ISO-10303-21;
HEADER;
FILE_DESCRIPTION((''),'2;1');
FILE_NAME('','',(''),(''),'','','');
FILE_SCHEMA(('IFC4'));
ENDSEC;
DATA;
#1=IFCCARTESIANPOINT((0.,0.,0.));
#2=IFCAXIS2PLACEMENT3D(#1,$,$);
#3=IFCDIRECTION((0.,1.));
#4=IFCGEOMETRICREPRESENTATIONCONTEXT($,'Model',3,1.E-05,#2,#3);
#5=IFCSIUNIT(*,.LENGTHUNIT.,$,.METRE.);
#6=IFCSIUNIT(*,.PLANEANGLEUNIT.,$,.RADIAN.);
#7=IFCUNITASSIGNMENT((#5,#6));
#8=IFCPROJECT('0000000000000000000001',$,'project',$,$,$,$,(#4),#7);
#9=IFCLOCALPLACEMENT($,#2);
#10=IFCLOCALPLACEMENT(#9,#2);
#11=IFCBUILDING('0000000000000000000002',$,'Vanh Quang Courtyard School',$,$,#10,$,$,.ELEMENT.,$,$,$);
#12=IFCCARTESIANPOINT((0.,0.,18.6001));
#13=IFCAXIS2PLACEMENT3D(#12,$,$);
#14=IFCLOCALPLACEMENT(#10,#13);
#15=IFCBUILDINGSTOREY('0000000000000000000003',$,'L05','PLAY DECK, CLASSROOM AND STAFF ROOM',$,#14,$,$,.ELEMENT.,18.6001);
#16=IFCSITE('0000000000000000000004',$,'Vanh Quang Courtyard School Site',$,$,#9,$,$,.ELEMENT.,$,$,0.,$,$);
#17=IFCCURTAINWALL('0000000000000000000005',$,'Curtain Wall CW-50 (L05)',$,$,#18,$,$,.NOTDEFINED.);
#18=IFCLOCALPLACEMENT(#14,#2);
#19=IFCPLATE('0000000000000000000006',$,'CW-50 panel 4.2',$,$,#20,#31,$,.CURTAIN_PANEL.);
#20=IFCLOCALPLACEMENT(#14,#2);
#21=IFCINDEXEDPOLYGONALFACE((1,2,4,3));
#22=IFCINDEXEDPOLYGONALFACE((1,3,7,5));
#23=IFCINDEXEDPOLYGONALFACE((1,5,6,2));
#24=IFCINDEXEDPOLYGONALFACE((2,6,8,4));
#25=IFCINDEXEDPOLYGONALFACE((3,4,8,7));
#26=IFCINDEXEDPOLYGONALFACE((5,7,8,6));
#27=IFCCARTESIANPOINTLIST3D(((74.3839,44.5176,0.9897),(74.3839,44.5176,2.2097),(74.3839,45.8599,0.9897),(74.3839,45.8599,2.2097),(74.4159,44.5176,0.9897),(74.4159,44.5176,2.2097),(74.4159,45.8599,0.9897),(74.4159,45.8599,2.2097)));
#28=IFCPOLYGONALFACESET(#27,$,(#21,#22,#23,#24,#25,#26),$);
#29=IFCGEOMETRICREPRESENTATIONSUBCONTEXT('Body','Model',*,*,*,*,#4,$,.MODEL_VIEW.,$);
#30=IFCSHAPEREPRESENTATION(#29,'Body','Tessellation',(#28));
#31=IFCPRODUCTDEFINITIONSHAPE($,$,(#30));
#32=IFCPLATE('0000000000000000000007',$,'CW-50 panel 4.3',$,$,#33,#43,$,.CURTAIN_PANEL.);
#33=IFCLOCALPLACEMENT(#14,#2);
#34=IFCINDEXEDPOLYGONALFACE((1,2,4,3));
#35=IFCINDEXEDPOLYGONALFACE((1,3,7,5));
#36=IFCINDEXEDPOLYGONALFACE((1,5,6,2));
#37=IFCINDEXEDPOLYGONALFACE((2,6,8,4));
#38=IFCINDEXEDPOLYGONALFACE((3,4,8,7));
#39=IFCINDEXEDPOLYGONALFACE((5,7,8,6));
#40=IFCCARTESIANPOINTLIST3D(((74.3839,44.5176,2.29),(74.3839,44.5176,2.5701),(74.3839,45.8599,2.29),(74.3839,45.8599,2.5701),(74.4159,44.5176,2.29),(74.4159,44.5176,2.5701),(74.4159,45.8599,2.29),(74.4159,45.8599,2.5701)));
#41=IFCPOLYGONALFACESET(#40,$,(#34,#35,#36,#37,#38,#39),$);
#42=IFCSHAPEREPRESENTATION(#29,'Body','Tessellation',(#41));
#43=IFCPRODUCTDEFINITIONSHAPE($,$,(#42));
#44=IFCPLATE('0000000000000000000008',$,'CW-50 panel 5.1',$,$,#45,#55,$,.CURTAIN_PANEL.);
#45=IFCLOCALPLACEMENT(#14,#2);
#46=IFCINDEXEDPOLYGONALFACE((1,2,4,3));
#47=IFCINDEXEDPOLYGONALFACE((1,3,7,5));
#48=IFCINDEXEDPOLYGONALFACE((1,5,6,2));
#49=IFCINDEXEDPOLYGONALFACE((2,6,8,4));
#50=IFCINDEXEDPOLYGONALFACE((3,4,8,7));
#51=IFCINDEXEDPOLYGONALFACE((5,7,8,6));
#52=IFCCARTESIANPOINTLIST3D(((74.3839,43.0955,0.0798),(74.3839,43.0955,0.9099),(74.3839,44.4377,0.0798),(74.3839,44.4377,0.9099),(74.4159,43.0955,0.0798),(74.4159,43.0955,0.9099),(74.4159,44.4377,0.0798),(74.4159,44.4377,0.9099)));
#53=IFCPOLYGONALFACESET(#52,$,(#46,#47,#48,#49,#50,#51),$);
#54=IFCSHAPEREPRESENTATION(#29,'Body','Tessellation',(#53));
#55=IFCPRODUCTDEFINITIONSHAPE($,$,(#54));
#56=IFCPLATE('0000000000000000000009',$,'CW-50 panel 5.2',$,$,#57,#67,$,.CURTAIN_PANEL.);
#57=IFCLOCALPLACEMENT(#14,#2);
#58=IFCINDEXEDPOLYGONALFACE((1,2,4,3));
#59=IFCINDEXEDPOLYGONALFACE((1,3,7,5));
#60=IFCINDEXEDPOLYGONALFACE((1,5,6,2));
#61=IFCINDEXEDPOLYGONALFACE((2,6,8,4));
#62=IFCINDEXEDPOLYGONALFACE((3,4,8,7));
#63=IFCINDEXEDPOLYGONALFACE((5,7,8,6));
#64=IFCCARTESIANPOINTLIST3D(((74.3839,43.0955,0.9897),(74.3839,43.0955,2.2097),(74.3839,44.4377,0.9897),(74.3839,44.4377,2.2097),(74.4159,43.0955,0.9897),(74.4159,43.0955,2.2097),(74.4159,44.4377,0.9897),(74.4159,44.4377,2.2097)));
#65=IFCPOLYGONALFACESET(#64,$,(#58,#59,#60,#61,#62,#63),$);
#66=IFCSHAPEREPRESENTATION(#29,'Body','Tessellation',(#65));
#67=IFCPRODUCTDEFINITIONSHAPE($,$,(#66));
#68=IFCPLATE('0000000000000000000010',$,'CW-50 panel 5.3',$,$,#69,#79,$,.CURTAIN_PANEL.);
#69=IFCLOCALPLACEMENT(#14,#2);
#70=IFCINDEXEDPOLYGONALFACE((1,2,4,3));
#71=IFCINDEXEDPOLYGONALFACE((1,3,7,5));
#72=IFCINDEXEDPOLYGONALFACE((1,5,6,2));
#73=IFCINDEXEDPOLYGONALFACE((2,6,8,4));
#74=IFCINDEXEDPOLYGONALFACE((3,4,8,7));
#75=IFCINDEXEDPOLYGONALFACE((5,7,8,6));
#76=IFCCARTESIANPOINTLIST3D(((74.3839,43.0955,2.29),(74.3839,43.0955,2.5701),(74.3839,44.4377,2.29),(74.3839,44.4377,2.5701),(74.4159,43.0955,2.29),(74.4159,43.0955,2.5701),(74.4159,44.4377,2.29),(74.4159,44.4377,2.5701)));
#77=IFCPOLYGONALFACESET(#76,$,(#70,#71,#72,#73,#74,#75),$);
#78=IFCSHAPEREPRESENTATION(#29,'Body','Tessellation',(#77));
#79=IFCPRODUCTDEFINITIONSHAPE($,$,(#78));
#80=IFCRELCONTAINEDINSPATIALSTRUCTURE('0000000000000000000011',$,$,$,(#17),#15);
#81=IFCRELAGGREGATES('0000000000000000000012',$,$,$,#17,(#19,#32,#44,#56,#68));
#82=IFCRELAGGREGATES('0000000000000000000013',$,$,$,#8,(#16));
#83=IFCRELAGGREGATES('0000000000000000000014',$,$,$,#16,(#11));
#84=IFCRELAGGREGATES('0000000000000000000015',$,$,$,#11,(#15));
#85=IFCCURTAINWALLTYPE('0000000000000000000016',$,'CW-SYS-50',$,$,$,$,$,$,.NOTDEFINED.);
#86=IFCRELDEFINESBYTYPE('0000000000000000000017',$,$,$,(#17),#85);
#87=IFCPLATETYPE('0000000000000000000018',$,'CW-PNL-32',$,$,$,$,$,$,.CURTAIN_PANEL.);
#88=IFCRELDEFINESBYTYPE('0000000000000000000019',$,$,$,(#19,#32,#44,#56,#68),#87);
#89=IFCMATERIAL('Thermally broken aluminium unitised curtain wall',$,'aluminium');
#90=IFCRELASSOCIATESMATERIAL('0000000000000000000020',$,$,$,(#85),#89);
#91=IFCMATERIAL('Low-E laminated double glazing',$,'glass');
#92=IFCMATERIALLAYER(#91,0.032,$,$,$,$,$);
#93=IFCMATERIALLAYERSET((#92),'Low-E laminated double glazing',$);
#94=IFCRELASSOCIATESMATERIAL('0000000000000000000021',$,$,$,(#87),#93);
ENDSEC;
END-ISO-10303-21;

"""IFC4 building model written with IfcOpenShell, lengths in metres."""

from ifc_helpers import new_model, si_unit, direction, frame, origin, origin_2d, place, context, subcontext, project, spatial, rectangle, extrude, material, layer, layer_set, type_object, element, aggregate, save


model = new_model("IFC4")

# Units and contexts
model_context = context("Model", 3, precision=1e-05, world=origin(), true_north=direction((0.0, 1.0)))
body_context = subcontext(model_context, "Body", "Model", "MODEL_VIEW")
ifc_project = project(units=[si_unit("LENGTHUNIT", "METRE"), si_unit("PLANEANGLEUNIT", "RADIAN")], contexts=[model_context])

# Site, building, storey
site_placement = place(None, origin())
site = spatial("IfcSite", under=ifc_project, at=site_placement, Name="Vanh Quang Courtyard School Site", CompositionType="ELEMENT", RefElevation=0.0)
building_placement = place(site_placement, origin())
building = spatial("IfcBuilding", under=site, at=building_placement, Name="Vanh Quang Courtyard School", CompositionType="ELEMENT")
storey_placement = place(building_placement, frame((0.0, 0.0, 18.6001)))
storey = spatial("IfcBuildingStorey", under=building, at=storey_placement, Name="L05", Description="PLAY DECK, CLASSROOM AND STAFF ROOM", CompositionType="ELEMENT", Elevation=18.6001)

# Curtain wall
ifc_material_1 = material(Name="Thermally broken aluminium unitised curtain wall", Category="aluminium")
curtain_wall_type = type_object("IfcCurtainWallType", Name="CW-SYS-50", PredefinedType="NOTDEFINED", material=ifc_material_1)
curtain_wall_placement = place(storey_placement, origin())
curtain_wall = element("IfcCurtainWall", 1, at=curtain_wall_placement, inside=storey, type_object=curtain_wall_type, Name="Curtain Wall CW-50 (L05)", PredefinedType="NOTDEFINED")

# Plates
ifc_material_2 = material(Name="Low-E laminated double glazing", Category="glass")
ifc_layer = layer(ifc_material_2, 0.032)
ifc_layer_set = layer_set([ifc_layer], Name="Low-E laminated double glazing")
plate_type = type_object("IfcPlateType", Name="CW-PNL-32", PredefinedType="CURTAIN_PANEL", material=ifc_layer_set)
plate_1_placement = place(storey_placement, frame((74.3999, 45.1887, 0.9897), z_axis=(0.0, 0.0, 1.0), x_axis=(0.0, -1.0, 0.0)))
plate_1 = element("IfcPlate", 2, at=plate_1_placement, type_object=plate_type, Name="CW-50 panel 4.2", PredefinedType="CURTAIN_PANEL", context=body_context, shape_type="SweptSolid", body=[
    extrude(rectangle(XDim=1.3423, YDim=0.032, at=origin_2d()), origin(), (0.0, 0.0, 1.0), 1.22),
])
plate_2_placement = place(storey_placement, frame((74.3999, 45.1887, 2.29), z_axis=(0.0, 0.0, 1.0), x_axis=(0.0, -1.0, 0.0)))
plate_2 = element("IfcPlate", 3, at=plate_2_placement, type_object=plate_type, Name="CW-50 panel 4.3", PredefinedType="CURTAIN_PANEL", context=body_context, shape_type="SweptSolid", body=[
    extrude(rectangle(XDim=1.3423, YDim=0.032, at=origin_2d()), origin(), (0.0, 0.0, 1.0), 0.28),
])
plate_3_placement = place(storey_placement, frame((74.3999, 43.7666, 0.0798), z_axis=(0.0, 0.0, 1.0), x_axis=(0.0, -1.0, 0.0)))
plate_3 = element("IfcPlate", 4, at=plate_3_placement, type_object=plate_type, Name="CW-50 panel 5.1", PredefinedType="CURTAIN_PANEL", context=body_context, shape_type="SweptSolid", body=[
    extrude(rectangle(XDim=1.3423, YDim=0.032, at=origin_2d()), origin(), (0.0, 0.0, 1.0), 0.8301),
])
plate_4_placement = place(storey_placement, frame((74.3999, 43.7666, 0.9897), z_axis=(0.0, 0.0, 1.0), x_axis=(0.0, -1.0, 0.0)))
plate_4 = element("IfcPlate", 5, at=plate_4_placement, type_object=plate_type, Name="CW-50 panel 5.2", PredefinedType="CURTAIN_PANEL", context=body_context, shape_type="SweptSolid", body=[
    extrude(rectangle(XDim=1.3423, YDim=0.032, at=origin_2d()), origin(), (0.0, 0.0, 1.0), 1.22),
])
plate_5_placement = place(storey_placement, frame((74.3999, 43.7666, 2.29), z_axis=(0.0, 0.0, 1.0), x_axis=(0.0, -1.0, 0.0)))
plate_5 = element("IfcPlate", 6, at=plate_5_placement, type_object=plate_type, Name="CW-50 panel 5.3", PredefinedType="CURTAIN_PANEL", context=body_context, shape_type="SweptSolid", body=[
    extrude(rectangle(XDim=1.3423, YDim=0.032, at=origin_2d()), origin(), (0.0, 0.0, 1.0), 0.28),
])
aggregate(curtain_wall, [plate_1, plate_2, plate_3, plate_4, plate_5])

save(model, "model.ifc")
